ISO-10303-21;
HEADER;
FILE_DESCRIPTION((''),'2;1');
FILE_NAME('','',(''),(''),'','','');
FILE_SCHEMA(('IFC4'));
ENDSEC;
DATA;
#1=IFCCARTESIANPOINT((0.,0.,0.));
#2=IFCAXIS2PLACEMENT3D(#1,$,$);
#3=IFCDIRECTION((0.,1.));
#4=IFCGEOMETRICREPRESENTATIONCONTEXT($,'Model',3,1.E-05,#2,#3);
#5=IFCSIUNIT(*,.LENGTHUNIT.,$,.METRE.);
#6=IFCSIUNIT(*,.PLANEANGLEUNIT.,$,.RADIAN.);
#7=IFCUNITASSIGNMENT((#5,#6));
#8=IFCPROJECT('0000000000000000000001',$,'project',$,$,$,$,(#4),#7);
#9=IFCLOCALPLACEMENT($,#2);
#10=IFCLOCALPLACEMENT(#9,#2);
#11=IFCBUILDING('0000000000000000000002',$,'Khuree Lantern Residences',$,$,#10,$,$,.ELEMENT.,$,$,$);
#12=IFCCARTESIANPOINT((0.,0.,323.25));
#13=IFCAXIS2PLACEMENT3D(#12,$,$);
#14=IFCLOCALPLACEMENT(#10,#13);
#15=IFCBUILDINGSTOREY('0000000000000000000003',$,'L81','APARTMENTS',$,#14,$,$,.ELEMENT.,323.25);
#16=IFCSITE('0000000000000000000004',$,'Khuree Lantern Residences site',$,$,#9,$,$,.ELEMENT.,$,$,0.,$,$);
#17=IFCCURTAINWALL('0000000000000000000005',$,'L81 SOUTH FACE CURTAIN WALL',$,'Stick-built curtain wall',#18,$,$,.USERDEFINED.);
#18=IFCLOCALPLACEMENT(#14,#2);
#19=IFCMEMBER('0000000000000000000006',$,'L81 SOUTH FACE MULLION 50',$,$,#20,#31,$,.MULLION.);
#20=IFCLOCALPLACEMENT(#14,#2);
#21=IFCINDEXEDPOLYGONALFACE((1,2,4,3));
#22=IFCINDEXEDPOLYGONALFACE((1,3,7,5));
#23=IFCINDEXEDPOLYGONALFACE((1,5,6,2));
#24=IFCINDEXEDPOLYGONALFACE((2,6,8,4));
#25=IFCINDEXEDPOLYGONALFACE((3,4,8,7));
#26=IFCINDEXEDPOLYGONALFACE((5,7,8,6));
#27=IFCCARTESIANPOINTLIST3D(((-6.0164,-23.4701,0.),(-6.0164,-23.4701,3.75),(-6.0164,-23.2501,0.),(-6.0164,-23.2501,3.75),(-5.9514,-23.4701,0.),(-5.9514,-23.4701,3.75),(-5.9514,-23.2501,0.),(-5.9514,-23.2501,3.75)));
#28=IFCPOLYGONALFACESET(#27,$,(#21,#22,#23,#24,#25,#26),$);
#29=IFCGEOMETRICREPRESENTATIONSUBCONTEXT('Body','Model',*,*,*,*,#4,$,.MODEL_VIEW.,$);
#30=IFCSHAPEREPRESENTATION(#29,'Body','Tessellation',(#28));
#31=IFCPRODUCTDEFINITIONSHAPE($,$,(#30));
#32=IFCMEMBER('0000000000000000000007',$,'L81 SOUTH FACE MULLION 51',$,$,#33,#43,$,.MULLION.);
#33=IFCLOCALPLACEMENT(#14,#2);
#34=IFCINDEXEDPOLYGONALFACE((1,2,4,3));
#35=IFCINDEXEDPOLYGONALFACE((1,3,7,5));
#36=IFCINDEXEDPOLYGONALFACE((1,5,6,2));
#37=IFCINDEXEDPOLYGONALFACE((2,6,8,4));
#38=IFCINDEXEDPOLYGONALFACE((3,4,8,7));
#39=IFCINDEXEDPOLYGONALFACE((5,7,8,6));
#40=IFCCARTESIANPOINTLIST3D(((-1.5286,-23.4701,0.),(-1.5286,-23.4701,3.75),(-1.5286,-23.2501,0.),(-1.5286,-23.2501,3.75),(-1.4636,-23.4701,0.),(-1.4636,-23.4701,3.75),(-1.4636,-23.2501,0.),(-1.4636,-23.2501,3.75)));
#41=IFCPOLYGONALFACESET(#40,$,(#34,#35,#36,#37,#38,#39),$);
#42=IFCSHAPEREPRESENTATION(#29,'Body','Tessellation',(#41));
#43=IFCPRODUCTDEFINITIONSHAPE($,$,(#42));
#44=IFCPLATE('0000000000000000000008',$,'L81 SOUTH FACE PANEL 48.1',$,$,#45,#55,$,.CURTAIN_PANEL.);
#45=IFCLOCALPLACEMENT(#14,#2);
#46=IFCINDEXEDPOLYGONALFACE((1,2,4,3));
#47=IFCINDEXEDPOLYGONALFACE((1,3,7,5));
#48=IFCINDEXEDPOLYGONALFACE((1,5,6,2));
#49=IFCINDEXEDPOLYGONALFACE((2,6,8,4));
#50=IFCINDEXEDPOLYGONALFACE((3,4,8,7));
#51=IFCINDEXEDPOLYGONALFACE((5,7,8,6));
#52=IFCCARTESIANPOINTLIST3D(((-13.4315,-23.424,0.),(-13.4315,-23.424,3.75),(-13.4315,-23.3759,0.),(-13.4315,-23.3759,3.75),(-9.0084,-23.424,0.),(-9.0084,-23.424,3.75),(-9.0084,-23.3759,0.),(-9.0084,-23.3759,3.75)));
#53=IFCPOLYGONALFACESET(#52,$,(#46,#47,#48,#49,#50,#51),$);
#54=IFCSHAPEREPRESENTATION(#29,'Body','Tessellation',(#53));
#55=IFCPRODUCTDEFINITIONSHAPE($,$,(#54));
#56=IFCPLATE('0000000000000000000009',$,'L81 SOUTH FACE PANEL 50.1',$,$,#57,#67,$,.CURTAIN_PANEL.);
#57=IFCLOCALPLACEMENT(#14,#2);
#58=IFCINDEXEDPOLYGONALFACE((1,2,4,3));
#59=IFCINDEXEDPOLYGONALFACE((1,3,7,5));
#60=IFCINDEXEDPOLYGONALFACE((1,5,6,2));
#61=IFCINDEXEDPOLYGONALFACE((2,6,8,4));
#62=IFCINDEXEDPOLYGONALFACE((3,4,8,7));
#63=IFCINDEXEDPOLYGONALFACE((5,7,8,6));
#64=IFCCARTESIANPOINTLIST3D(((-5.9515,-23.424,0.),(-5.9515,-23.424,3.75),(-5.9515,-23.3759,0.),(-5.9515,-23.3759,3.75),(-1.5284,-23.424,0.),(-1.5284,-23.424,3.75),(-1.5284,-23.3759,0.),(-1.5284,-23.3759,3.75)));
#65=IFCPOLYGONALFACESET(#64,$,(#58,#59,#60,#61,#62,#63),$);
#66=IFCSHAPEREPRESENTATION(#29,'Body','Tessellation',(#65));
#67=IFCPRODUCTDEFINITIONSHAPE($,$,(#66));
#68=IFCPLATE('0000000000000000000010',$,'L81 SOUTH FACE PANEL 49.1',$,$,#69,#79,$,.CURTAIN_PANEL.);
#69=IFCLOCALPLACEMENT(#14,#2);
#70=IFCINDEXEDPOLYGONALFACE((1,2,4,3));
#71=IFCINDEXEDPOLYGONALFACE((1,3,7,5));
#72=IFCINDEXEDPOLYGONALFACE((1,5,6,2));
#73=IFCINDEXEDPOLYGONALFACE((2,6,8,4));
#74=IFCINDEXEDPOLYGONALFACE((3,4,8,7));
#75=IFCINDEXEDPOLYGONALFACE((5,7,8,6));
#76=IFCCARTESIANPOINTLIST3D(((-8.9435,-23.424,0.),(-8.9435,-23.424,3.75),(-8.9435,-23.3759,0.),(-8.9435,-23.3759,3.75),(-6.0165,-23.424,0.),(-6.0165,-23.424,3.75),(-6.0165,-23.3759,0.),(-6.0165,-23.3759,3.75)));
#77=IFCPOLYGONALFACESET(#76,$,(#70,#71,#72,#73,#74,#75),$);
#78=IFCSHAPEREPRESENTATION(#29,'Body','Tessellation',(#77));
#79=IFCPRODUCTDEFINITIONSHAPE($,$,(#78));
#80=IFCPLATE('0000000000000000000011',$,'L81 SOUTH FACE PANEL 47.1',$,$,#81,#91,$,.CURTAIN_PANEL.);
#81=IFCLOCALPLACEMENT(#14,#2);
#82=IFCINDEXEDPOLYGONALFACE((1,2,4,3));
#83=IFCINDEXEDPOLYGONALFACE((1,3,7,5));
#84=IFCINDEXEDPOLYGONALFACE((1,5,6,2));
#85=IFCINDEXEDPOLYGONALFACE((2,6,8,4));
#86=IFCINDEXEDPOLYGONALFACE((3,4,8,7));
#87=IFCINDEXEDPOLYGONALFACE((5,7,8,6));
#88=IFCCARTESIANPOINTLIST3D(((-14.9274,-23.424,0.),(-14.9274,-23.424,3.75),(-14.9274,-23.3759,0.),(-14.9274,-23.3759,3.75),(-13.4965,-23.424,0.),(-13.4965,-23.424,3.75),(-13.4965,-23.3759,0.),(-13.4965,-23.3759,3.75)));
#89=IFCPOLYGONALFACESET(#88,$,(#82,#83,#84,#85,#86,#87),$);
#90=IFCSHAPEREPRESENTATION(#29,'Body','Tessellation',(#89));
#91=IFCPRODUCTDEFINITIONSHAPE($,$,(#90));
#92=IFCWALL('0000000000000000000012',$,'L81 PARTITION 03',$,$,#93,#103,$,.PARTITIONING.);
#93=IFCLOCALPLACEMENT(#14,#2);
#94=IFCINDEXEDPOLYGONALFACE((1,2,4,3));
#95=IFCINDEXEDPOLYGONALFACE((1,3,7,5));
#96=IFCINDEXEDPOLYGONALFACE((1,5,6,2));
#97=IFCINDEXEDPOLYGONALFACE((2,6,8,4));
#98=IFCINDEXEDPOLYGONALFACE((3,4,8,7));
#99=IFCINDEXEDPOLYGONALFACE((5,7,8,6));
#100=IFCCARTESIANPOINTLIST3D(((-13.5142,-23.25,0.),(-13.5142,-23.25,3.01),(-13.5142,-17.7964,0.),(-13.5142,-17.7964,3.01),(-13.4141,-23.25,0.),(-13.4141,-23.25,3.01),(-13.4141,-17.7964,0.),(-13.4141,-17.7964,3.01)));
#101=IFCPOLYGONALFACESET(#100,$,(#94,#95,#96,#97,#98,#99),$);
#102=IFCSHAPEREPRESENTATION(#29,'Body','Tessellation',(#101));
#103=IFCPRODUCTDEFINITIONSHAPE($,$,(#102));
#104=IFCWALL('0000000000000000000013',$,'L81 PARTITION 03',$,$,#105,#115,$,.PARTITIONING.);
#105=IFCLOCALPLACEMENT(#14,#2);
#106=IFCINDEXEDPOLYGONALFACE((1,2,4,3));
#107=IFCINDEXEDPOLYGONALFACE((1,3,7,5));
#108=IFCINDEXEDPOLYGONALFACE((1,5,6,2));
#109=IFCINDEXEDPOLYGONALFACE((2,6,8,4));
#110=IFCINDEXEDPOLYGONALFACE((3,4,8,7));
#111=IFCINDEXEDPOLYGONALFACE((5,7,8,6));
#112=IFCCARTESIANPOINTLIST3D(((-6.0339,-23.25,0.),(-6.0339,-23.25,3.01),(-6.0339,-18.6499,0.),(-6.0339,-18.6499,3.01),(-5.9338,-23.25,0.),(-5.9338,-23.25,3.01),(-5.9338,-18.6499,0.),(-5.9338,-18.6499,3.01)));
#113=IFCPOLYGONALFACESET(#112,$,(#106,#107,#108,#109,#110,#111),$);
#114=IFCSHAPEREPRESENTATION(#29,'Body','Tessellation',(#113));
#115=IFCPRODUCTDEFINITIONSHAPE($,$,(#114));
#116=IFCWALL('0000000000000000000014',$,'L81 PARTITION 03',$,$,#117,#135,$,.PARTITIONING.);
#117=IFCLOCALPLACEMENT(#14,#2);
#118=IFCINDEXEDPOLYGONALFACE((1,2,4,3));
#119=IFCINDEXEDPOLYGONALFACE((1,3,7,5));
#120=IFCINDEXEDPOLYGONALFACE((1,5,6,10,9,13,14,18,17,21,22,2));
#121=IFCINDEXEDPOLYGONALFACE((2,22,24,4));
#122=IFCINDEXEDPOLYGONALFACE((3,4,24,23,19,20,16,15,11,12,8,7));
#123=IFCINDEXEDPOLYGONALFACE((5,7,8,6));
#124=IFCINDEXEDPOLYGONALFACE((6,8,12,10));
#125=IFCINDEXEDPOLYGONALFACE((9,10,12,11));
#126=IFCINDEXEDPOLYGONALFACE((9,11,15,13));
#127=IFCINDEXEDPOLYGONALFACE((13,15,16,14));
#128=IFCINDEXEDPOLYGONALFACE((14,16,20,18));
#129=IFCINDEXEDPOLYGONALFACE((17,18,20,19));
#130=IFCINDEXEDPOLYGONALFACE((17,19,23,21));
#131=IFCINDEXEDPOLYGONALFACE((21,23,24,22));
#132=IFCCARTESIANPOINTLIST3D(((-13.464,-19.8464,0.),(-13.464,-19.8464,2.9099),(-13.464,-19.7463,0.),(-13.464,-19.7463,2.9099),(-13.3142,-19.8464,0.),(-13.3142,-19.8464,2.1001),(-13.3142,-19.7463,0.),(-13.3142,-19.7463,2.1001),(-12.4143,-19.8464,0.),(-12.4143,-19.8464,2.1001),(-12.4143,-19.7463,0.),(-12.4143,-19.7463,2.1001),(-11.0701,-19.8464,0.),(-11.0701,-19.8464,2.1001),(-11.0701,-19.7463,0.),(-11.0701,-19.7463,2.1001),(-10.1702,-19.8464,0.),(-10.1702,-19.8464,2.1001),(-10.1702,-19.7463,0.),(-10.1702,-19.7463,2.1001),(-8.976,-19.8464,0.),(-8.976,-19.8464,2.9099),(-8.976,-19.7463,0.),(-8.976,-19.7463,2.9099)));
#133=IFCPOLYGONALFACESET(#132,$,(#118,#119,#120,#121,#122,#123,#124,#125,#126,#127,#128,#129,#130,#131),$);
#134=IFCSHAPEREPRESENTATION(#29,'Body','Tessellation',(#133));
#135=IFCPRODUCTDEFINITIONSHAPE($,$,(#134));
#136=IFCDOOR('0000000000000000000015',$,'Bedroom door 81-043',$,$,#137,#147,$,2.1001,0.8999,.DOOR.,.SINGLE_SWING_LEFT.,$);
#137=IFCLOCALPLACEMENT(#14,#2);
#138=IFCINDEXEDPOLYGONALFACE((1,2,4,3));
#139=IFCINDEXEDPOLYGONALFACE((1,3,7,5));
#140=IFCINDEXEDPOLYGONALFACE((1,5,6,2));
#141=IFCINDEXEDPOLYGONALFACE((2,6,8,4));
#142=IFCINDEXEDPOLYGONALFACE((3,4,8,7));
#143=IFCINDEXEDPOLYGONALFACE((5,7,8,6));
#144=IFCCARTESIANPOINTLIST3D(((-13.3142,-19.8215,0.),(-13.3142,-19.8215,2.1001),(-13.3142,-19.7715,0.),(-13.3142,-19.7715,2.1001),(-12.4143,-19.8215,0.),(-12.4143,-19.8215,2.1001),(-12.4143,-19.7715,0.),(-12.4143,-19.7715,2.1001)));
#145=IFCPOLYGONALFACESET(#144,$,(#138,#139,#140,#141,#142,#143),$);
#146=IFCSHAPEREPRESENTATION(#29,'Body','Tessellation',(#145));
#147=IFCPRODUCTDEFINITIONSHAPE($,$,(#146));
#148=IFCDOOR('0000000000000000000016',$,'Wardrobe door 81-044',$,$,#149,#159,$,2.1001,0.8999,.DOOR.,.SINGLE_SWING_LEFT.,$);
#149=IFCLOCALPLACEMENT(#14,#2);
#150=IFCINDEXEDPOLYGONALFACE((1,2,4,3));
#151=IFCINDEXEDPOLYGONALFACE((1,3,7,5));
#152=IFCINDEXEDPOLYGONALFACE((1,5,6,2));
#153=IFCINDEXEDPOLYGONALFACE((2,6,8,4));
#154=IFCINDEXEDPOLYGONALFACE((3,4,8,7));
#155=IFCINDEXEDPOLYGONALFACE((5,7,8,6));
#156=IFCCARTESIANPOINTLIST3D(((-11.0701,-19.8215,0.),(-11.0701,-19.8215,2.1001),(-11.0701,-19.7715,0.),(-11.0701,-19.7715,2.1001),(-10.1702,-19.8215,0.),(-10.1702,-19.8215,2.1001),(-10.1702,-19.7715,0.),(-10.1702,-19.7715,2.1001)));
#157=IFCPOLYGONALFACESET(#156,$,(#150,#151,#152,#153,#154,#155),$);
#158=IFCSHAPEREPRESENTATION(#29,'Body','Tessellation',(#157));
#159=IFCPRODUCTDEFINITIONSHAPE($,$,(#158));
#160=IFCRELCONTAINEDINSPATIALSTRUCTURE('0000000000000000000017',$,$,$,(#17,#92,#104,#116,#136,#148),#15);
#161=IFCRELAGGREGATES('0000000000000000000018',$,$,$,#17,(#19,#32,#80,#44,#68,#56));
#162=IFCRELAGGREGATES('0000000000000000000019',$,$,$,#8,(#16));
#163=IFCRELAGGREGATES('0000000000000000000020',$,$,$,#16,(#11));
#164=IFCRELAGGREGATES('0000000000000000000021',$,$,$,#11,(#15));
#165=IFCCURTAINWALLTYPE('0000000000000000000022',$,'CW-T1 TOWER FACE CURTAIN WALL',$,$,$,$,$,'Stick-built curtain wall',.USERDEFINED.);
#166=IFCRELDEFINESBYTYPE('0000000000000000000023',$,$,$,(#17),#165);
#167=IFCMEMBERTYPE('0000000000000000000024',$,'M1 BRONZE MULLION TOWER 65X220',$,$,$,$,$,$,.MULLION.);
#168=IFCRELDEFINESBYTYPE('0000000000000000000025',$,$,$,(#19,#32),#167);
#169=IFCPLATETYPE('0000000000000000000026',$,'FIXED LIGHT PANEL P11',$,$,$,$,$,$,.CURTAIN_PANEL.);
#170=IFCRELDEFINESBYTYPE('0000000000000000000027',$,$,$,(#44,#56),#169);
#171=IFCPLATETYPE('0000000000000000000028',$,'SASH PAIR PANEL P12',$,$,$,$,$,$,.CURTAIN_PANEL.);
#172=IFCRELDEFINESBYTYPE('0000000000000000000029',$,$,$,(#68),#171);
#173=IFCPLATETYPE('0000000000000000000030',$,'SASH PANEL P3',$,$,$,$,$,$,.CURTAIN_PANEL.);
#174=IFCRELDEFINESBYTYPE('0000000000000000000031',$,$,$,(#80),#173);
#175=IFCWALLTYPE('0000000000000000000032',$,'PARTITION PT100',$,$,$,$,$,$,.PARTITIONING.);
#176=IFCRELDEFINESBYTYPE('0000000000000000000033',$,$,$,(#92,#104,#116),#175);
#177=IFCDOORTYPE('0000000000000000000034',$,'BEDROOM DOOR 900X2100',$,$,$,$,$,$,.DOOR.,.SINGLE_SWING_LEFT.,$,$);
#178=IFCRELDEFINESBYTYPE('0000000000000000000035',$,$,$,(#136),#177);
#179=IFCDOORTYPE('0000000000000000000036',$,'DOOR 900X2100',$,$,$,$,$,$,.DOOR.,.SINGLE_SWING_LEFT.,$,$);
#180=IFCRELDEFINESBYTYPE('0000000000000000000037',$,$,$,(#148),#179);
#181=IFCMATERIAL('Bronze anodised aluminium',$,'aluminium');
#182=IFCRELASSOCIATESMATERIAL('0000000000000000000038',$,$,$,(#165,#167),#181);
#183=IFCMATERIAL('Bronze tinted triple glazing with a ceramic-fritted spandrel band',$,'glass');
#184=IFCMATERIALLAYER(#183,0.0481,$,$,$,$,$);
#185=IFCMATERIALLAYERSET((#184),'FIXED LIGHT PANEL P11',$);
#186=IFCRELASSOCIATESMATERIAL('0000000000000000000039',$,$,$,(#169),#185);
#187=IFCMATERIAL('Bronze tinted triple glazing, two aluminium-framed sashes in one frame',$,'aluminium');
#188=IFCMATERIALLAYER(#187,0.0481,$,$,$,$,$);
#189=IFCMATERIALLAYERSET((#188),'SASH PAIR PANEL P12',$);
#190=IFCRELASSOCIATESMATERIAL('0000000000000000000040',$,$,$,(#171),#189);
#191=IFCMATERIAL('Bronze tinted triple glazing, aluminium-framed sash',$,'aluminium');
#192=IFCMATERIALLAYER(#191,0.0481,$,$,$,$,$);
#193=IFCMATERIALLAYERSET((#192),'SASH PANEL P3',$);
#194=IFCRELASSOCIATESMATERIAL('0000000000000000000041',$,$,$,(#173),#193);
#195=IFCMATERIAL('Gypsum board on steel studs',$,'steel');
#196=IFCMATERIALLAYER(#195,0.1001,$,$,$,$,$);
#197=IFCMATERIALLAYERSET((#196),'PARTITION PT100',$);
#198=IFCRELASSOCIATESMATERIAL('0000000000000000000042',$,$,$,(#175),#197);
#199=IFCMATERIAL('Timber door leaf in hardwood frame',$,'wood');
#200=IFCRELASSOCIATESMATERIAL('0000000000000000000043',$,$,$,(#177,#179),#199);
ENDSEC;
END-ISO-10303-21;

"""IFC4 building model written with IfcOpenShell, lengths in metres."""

from ifc_helpers import new_model, si_unit, direction, frame, frame_2d, origin, origin_2d, place, context, subcontext, project, spatial, rectangle, extrude, material, layer, layer_set, material_profile, profile_set, type_object, element, fill, aggregate, save


model = new_model("IFC4")

# Units and contexts
model_context = context("Model", 3, precision=1e-05, world=origin(), true_north=direction((0.0, 1.0)))
body_context = subcontext(model_context, "Body", "Model", "MODEL_VIEW")
ifc_project = project(units=[si_unit("LENGTHUNIT", "METRE"), si_unit("PLANEANGLEUNIT", "RADIAN")], contexts=[model_context])

# Site, building, storey
site_placement = place(None, origin())
site = spatial("IfcSite", under=ifc_project, at=site_placement, Name="Khuree Lantern Residences site", CompositionType="ELEMENT", RefElevation=0.0)
building_placement = place(site_placement, origin())
building = spatial("IfcBuilding", under=site, at=building_placement, Name="Khuree Lantern Residences", CompositionType="ELEMENT")
storey_placement = place(building_placement, frame((0.0, 0.0, 323.25)))
storey = spatial("IfcBuildingStorey", under=building, at=storey_placement, Name="L81", Description="APARTMENTS", CompositionType="ELEMENT", Elevation=323.25)

# Curtain wall
ifc_material_1 = material(Name="Bronze anodised aluminium", Category="aluminium")
curtain_wall_type = type_object("IfcCurtainWallType", Name="CW-T1 TOWER FACE CURTAIN WALL", ElementType="Stick-built curtain wall", PredefinedType="USERDEFINED", material=ifc_material_1)
curtain_wall_placement = place(storey_placement, origin())
curtain_wall = element("IfcCurtainWall", 1, at=curtain_wall_placement, inside=storey, type_object=curtain_wall_type, Name="L81 SOUTH FACE CURTAIN WALL", ObjectType="Stick-built curtain wall", PredefinedType="USERDEFINED")

# Members
ifc_material_profile_1 = material_profile(ifc_material_1, rectangle(XDim=0.0649, YDim=0.22, at=origin_2d()), Name="M1 65X220")
ifc_profile_set_1 = profile_set([ifc_material_profile_1], Name="Bronze anodised aluminium")
member_type_1 = type_object("IfcMemberType", Name="M1 BRONZE MULLION TOWER 65X220", PredefinedType="MULLION", material=ifc_profile_set_1)
member_1_placement = place(storey_placement, frame((-5.9839, -23.3601, 0.0), z_axis=(0.0, 0.0, 1.0), x_axis=(1.0, 0.0, 0.0)))
member_1 = element("IfcMember", 2, at=member_1_placement, type_object=member_type_1, Name="L81 SOUTH FACE MULLION 50", PredefinedType="MULLION", context=body_context, shape_type="SweptSolid", body=[
    extrude(rectangle(XDim=0.0649, YDim=0.22, at=origin_2d()), origin(), (0.0, 0.0, 1.0), 3.75),
])
member_2_placement = place(storey_placement, frame((-1.4961, -23.3601, 0.0), z_axis=(0.0, 0.0, 1.0), x_axis=(1.0, 0.0, 0.0)))
member_2 = element("IfcMember", 3, at=member_2_placement, type_object=member_type_1, Name="L81 SOUTH FACE MULLION 51", PredefinedType="MULLION", context=body_context, shape_type="SweptSolid", body=[
    extrude(rectangle(XDim=0.0649, YDim=0.22, at=origin_2d()), origin(), (0.0, 0.0, 1.0), 3.75),
])

# Plates
ifc_material_2 = material(Name="Bronze tinted triple glazing with a ceramic-fritted spandrel band", Category="glass")
ifc_layer_1 = layer(ifc_material_2, 0.0481)
ifc_layer_set_1 = layer_set([ifc_layer_1], Name="FIXED LIGHT PANEL P11")
plate_type_1 = type_object("IfcPlateType", Name="FIXED LIGHT PANEL P11", PredefinedType="CURTAIN_PANEL", material=ifc_layer_set_1)
plate_1_placement = place(storey_placement, frame((-11.22, -23.3999, 0.0), z_axis=(0.0, 0.0, 1.0), x_axis=(1.0, 0.0, 0.0)))
plate_1 = element("IfcPlate", 4, at=plate_1_placement, type_object=plate_type_1, Name="L81 SOUTH FACE PANEL 48.1", PredefinedType="CURTAIN_PANEL", context=body_context, shape_type="SweptSolid", body=[
    extrude(rectangle(XDim=4.4231, YDim=0.0481, at=origin_2d()), origin(), (0.0, 0.0, 1.0), 3.75),
])
plate_2_placement = place(storey_placement, frame((-3.74, -23.3999, 0.0), z_axis=(0.0, 0.0, 1.0), x_axis=(1.0, 0.0, 0.0)))
plate_2 = element("IfcPlate", 5, at=plate_2_placement, type_object=plate_type_1, Name="L81 SOUTH FACE PANEL 50.1", PredefinedType="CURTAIN_PANEL", context=body_context, shape_type="SweptSolid", body=[
    extrude(rectangle(XDim=4.4231, YDim=0.0481, at=origin_2d()), origin(), (0.0, 0.0, 1.0), 3.75),
])
ifc_material_3 = material(Name="Bronze tinted triple glazing, two aluminium-framed sashes in one frame", Category="aluminium")
ifc_layer_2 = layer(ifc_material_3, 0.0481)
ifc_layer_set_2 = layer_set([ifc_layer_2], Name="SASH PAIR PANEL P12")
plate_type_2 = type_object("IfcPlateType", Name="SASH PAIR PANEL P12", PredefinedType="CURTAIN_PANEL", material=ifc_layer_set_2)
plate_3_placement = place(storey_placement, frame((-7.48, -23.3999, 0.0), z_axis=(0.0, 0.0, 1.0), x_axis=(1.0, 0.0, 0.0)))
plate_3 = element("IfcPlate", 6, at=plate_3_placement, type_object=plate_type_2, Name="L81 SOUTH FACE PANEL 49.1", PredefinedType="CURTAIN_PANEL", context=body_context, shape_type="SweptSolid", body=[
    extrude(rectangle(XDim=2.927, YDim=0.0481, at=origin_2d()), origin(), (0.0, 0.0, 1.0), 3.75),
])
ifc_material_4 = material(Name="Bronze tinted triple glazing, aluminium-framed sash", Category="aluminium")
ifc_layer_3 = layer(ifc_material_4, 0.0481)
ifc_layer_set_3 = layer_set([ifc_layer_3], Name="SASH PANEL P3")
plate_type_3 = type_object("IfcPlateType", Name="SASH PANEL P3", PredefinedType="CURTAIN_PANEL", material=ifc_layer_set_3)
plate_4_placement = place(storey_placement, frame((-14.2119, -23.3999, 0.0), z_axis=(0.0, 0.0, 1.0), x_axis=(1.0, 0.0, 0.0)))
plate_4 = element("IfcPlate", 7, at=plate_4_placement, type_object=plate_type_3, Name="L81 SOUTH FACE PANEL 47.1", PredefinedType="CURTAIN_PANEL", context=body_context, shape_type="SweptSolid", body=[
    extrude(rectangle(XDim=1.4309, YDim=0.0481, at=origin_2d()), origin(), (0.0, 0.0, 1.0), 3.75),
])
aggregate(curtain_wall, [member_1, member_2, plate_4, plate_1, plate_3, plate_2])

# Walls
ifc_material_5 = material(Name="Gypsum board on steel studs", Category="steel")
ifc_layer_4 = layer(ifc_material_5, 0.1001)
ifc_layer_set_4 = layer_set([ifc_layer_4], Name="PARTITION PT100")
wall_type = type_object("IfcWallType", Name="PARTITION PT100", PredefinedType="PARTITIONING", material=ifc_layer_set_4)
wall_1_placement = place(storey_placement, frame((-13.4641, -17.7964, 0.0), z_axis=(0.0, 0.0, 1.0), x_axis=(0.0, -1.0, 0.0)))
element("IfcWall", 8, at=wall_1_placement, inside=storey, type_object=wall_type, Name="L81 PARTITION 03", PredefinedType="PARTITIONING", context=body_context, shape_type="SweptSolid", body=[
    extrude(rectangle(XDim=5.4536, YDim=0.1001, at=frame_2d((2.7268, 0.0))), origin(), (0.0, 0.0, 1.0), 3.01),
])
wall_2_placement = place(storey_placement, frame((-5.9839, -18.6499, 0.0), z_axis=(0.0, 0.0, 1.0), x_axis=(0.0, -1.0, 0.0)))
element("IfcWall", 9, at=wall_2_placement, inside=storey, type_object=wall_type, Name="L81 PARTITION 03", PredefinedType="PARTITIONING", context=body_context, shape_type="SweptSolid", body=[
    extrude(rectangle(XDim=4.6001, YDim=0.1001, at=frame_2d((2.3, 0.0))), origin(), (0.0, 0.0, 1.0), 3.01),
])

# Wall, openings, doors
wall_3_placement = place(storey_placement, frame((-13.4641, -19.7964, 0.0), z_axis=(0.0, 0.0, 1.0), x_axis=(1.0, 0.0, 0.0)))
wall_3 = element("IfcWall", 10, at=wall_3_placement, inside=storey, type_object=wall_type, Name="L81 PARTITION 03", PredefinedType="PARTITIONING", context=body_context, shape_type="SweptSolid", body=[
    extrude(rectangle(XDim=4.488, YDim=0.1001, at=frame_2d((2.2441, 0.0))), origin(), (0.0, 0.0, 1.0), 2.9099),
])
opening_1_placement = place(wall_3_placement, frame((0.1499, 0.0, 0.0)))
opening_1 = element("IfcOpeningElement", 11, at=opening_1_placement, cuts=wall_3, PredefinedType="OPENING", context=body_context, shape_type="SweptSolid", body=[
    extrude(rectangle(XDim=0.8999, YDim=2.1001, at=frame_2d((0.45, 1.05))), frame((0.0, 0.0601, 0.0), z_axis=(0.0, -1.0, 0.0), x_axis=(1.0, 0.0, 0.0)), (0.0, 0.0, 1.0), 0.1201),
])
opening_2_placement = place(wall_3_placement, frame((2.394, 0.0, 0.0)))
opening_2 = element("IfcOpeningElement", 12, at=opening_2_placement, cuts=wall_3, PredefinedType="OPENING", context=body_context, shape_type="SweptSolid", body=[
    extrude(rectangle(XDim=0.8999, YDim=2.1001, at=frame_2d((0.45, 1.05))), frame((0.0, 0.0601, 0.0), z_axis=(0.0, -1.0, 0.0), x_axis=(1.0, 0.0, 0.0)), (0.0, 0.0, 1.0), 0.1201),
])
ifc_material_6 = material(Name="Timber door leaf in hardwood frame", Category="wood")
door_type_1 = type_object("IfcDoorType", Name="BEDROOM DOOR 900X2100", OperationType="SINGLE_SWING_LEFT", PredefinedType="DOOR", material=ifc_material_6)
door_1_placement = place(opening_1_placement, origin())
door_1 = element("IfcDoor", 13, at=door_1_placement, inside=storey, type_object=door_type_1, Name="Bedroom door 81-043", OperationType="SINGLE_SWING_LEFT", OverallHeight=2.1001, OverallWidth=0.8999, PredefinedType="DOOR", context=body_context, shape_type="SweptSolid", body=[
    extrude(rectangle(XDim=0.8999, YDim=2.1001, at=frame_2d((0.45, 1.05))), frame((0.0, 0.0249, 0.0), z_axis=(0.0, -1.0, 0.0), x_axis=(1.0, 0.0, 0.0)), (0.0, 0.0, 1.0), 0.05),
])
fill(opening_1, door_1)
door_type_2 = type_object("IfcDoorType", Name="DOOR 900X2100", OperationType="SINGLE_SWING_LEFT", PredefinedType="DOOR", material=ifc_material_6)
door_2_placement = place(opening_2_placement, origin())
door_2 = element("IfcDoor", 14, at=door_2_placement, inside=storey, type_object=door_type_2, Name="Wardrobe door 81-044", OperationType="SINGLE_SWING_LEFT", OverallHeight=2.1001, OverallWidth=0.8999, PredefinedType="DOOR", context=body_context, shape_type="SweptSolid", body=[
    extrude(rectangle(XDim=0.8999, YDim=2.1001, at=frame_2d((0.45, 1.05))), frame((0.0, 0.0249, 0.0), z_axis=(0.0, -1.0, 0.0), x_axis=(1.0, 0.0, 0.0)), (0.0, 0.0, 1.0), 0.05),
])
fill(opening_2, door_2)

save(model, "model.ifc")
